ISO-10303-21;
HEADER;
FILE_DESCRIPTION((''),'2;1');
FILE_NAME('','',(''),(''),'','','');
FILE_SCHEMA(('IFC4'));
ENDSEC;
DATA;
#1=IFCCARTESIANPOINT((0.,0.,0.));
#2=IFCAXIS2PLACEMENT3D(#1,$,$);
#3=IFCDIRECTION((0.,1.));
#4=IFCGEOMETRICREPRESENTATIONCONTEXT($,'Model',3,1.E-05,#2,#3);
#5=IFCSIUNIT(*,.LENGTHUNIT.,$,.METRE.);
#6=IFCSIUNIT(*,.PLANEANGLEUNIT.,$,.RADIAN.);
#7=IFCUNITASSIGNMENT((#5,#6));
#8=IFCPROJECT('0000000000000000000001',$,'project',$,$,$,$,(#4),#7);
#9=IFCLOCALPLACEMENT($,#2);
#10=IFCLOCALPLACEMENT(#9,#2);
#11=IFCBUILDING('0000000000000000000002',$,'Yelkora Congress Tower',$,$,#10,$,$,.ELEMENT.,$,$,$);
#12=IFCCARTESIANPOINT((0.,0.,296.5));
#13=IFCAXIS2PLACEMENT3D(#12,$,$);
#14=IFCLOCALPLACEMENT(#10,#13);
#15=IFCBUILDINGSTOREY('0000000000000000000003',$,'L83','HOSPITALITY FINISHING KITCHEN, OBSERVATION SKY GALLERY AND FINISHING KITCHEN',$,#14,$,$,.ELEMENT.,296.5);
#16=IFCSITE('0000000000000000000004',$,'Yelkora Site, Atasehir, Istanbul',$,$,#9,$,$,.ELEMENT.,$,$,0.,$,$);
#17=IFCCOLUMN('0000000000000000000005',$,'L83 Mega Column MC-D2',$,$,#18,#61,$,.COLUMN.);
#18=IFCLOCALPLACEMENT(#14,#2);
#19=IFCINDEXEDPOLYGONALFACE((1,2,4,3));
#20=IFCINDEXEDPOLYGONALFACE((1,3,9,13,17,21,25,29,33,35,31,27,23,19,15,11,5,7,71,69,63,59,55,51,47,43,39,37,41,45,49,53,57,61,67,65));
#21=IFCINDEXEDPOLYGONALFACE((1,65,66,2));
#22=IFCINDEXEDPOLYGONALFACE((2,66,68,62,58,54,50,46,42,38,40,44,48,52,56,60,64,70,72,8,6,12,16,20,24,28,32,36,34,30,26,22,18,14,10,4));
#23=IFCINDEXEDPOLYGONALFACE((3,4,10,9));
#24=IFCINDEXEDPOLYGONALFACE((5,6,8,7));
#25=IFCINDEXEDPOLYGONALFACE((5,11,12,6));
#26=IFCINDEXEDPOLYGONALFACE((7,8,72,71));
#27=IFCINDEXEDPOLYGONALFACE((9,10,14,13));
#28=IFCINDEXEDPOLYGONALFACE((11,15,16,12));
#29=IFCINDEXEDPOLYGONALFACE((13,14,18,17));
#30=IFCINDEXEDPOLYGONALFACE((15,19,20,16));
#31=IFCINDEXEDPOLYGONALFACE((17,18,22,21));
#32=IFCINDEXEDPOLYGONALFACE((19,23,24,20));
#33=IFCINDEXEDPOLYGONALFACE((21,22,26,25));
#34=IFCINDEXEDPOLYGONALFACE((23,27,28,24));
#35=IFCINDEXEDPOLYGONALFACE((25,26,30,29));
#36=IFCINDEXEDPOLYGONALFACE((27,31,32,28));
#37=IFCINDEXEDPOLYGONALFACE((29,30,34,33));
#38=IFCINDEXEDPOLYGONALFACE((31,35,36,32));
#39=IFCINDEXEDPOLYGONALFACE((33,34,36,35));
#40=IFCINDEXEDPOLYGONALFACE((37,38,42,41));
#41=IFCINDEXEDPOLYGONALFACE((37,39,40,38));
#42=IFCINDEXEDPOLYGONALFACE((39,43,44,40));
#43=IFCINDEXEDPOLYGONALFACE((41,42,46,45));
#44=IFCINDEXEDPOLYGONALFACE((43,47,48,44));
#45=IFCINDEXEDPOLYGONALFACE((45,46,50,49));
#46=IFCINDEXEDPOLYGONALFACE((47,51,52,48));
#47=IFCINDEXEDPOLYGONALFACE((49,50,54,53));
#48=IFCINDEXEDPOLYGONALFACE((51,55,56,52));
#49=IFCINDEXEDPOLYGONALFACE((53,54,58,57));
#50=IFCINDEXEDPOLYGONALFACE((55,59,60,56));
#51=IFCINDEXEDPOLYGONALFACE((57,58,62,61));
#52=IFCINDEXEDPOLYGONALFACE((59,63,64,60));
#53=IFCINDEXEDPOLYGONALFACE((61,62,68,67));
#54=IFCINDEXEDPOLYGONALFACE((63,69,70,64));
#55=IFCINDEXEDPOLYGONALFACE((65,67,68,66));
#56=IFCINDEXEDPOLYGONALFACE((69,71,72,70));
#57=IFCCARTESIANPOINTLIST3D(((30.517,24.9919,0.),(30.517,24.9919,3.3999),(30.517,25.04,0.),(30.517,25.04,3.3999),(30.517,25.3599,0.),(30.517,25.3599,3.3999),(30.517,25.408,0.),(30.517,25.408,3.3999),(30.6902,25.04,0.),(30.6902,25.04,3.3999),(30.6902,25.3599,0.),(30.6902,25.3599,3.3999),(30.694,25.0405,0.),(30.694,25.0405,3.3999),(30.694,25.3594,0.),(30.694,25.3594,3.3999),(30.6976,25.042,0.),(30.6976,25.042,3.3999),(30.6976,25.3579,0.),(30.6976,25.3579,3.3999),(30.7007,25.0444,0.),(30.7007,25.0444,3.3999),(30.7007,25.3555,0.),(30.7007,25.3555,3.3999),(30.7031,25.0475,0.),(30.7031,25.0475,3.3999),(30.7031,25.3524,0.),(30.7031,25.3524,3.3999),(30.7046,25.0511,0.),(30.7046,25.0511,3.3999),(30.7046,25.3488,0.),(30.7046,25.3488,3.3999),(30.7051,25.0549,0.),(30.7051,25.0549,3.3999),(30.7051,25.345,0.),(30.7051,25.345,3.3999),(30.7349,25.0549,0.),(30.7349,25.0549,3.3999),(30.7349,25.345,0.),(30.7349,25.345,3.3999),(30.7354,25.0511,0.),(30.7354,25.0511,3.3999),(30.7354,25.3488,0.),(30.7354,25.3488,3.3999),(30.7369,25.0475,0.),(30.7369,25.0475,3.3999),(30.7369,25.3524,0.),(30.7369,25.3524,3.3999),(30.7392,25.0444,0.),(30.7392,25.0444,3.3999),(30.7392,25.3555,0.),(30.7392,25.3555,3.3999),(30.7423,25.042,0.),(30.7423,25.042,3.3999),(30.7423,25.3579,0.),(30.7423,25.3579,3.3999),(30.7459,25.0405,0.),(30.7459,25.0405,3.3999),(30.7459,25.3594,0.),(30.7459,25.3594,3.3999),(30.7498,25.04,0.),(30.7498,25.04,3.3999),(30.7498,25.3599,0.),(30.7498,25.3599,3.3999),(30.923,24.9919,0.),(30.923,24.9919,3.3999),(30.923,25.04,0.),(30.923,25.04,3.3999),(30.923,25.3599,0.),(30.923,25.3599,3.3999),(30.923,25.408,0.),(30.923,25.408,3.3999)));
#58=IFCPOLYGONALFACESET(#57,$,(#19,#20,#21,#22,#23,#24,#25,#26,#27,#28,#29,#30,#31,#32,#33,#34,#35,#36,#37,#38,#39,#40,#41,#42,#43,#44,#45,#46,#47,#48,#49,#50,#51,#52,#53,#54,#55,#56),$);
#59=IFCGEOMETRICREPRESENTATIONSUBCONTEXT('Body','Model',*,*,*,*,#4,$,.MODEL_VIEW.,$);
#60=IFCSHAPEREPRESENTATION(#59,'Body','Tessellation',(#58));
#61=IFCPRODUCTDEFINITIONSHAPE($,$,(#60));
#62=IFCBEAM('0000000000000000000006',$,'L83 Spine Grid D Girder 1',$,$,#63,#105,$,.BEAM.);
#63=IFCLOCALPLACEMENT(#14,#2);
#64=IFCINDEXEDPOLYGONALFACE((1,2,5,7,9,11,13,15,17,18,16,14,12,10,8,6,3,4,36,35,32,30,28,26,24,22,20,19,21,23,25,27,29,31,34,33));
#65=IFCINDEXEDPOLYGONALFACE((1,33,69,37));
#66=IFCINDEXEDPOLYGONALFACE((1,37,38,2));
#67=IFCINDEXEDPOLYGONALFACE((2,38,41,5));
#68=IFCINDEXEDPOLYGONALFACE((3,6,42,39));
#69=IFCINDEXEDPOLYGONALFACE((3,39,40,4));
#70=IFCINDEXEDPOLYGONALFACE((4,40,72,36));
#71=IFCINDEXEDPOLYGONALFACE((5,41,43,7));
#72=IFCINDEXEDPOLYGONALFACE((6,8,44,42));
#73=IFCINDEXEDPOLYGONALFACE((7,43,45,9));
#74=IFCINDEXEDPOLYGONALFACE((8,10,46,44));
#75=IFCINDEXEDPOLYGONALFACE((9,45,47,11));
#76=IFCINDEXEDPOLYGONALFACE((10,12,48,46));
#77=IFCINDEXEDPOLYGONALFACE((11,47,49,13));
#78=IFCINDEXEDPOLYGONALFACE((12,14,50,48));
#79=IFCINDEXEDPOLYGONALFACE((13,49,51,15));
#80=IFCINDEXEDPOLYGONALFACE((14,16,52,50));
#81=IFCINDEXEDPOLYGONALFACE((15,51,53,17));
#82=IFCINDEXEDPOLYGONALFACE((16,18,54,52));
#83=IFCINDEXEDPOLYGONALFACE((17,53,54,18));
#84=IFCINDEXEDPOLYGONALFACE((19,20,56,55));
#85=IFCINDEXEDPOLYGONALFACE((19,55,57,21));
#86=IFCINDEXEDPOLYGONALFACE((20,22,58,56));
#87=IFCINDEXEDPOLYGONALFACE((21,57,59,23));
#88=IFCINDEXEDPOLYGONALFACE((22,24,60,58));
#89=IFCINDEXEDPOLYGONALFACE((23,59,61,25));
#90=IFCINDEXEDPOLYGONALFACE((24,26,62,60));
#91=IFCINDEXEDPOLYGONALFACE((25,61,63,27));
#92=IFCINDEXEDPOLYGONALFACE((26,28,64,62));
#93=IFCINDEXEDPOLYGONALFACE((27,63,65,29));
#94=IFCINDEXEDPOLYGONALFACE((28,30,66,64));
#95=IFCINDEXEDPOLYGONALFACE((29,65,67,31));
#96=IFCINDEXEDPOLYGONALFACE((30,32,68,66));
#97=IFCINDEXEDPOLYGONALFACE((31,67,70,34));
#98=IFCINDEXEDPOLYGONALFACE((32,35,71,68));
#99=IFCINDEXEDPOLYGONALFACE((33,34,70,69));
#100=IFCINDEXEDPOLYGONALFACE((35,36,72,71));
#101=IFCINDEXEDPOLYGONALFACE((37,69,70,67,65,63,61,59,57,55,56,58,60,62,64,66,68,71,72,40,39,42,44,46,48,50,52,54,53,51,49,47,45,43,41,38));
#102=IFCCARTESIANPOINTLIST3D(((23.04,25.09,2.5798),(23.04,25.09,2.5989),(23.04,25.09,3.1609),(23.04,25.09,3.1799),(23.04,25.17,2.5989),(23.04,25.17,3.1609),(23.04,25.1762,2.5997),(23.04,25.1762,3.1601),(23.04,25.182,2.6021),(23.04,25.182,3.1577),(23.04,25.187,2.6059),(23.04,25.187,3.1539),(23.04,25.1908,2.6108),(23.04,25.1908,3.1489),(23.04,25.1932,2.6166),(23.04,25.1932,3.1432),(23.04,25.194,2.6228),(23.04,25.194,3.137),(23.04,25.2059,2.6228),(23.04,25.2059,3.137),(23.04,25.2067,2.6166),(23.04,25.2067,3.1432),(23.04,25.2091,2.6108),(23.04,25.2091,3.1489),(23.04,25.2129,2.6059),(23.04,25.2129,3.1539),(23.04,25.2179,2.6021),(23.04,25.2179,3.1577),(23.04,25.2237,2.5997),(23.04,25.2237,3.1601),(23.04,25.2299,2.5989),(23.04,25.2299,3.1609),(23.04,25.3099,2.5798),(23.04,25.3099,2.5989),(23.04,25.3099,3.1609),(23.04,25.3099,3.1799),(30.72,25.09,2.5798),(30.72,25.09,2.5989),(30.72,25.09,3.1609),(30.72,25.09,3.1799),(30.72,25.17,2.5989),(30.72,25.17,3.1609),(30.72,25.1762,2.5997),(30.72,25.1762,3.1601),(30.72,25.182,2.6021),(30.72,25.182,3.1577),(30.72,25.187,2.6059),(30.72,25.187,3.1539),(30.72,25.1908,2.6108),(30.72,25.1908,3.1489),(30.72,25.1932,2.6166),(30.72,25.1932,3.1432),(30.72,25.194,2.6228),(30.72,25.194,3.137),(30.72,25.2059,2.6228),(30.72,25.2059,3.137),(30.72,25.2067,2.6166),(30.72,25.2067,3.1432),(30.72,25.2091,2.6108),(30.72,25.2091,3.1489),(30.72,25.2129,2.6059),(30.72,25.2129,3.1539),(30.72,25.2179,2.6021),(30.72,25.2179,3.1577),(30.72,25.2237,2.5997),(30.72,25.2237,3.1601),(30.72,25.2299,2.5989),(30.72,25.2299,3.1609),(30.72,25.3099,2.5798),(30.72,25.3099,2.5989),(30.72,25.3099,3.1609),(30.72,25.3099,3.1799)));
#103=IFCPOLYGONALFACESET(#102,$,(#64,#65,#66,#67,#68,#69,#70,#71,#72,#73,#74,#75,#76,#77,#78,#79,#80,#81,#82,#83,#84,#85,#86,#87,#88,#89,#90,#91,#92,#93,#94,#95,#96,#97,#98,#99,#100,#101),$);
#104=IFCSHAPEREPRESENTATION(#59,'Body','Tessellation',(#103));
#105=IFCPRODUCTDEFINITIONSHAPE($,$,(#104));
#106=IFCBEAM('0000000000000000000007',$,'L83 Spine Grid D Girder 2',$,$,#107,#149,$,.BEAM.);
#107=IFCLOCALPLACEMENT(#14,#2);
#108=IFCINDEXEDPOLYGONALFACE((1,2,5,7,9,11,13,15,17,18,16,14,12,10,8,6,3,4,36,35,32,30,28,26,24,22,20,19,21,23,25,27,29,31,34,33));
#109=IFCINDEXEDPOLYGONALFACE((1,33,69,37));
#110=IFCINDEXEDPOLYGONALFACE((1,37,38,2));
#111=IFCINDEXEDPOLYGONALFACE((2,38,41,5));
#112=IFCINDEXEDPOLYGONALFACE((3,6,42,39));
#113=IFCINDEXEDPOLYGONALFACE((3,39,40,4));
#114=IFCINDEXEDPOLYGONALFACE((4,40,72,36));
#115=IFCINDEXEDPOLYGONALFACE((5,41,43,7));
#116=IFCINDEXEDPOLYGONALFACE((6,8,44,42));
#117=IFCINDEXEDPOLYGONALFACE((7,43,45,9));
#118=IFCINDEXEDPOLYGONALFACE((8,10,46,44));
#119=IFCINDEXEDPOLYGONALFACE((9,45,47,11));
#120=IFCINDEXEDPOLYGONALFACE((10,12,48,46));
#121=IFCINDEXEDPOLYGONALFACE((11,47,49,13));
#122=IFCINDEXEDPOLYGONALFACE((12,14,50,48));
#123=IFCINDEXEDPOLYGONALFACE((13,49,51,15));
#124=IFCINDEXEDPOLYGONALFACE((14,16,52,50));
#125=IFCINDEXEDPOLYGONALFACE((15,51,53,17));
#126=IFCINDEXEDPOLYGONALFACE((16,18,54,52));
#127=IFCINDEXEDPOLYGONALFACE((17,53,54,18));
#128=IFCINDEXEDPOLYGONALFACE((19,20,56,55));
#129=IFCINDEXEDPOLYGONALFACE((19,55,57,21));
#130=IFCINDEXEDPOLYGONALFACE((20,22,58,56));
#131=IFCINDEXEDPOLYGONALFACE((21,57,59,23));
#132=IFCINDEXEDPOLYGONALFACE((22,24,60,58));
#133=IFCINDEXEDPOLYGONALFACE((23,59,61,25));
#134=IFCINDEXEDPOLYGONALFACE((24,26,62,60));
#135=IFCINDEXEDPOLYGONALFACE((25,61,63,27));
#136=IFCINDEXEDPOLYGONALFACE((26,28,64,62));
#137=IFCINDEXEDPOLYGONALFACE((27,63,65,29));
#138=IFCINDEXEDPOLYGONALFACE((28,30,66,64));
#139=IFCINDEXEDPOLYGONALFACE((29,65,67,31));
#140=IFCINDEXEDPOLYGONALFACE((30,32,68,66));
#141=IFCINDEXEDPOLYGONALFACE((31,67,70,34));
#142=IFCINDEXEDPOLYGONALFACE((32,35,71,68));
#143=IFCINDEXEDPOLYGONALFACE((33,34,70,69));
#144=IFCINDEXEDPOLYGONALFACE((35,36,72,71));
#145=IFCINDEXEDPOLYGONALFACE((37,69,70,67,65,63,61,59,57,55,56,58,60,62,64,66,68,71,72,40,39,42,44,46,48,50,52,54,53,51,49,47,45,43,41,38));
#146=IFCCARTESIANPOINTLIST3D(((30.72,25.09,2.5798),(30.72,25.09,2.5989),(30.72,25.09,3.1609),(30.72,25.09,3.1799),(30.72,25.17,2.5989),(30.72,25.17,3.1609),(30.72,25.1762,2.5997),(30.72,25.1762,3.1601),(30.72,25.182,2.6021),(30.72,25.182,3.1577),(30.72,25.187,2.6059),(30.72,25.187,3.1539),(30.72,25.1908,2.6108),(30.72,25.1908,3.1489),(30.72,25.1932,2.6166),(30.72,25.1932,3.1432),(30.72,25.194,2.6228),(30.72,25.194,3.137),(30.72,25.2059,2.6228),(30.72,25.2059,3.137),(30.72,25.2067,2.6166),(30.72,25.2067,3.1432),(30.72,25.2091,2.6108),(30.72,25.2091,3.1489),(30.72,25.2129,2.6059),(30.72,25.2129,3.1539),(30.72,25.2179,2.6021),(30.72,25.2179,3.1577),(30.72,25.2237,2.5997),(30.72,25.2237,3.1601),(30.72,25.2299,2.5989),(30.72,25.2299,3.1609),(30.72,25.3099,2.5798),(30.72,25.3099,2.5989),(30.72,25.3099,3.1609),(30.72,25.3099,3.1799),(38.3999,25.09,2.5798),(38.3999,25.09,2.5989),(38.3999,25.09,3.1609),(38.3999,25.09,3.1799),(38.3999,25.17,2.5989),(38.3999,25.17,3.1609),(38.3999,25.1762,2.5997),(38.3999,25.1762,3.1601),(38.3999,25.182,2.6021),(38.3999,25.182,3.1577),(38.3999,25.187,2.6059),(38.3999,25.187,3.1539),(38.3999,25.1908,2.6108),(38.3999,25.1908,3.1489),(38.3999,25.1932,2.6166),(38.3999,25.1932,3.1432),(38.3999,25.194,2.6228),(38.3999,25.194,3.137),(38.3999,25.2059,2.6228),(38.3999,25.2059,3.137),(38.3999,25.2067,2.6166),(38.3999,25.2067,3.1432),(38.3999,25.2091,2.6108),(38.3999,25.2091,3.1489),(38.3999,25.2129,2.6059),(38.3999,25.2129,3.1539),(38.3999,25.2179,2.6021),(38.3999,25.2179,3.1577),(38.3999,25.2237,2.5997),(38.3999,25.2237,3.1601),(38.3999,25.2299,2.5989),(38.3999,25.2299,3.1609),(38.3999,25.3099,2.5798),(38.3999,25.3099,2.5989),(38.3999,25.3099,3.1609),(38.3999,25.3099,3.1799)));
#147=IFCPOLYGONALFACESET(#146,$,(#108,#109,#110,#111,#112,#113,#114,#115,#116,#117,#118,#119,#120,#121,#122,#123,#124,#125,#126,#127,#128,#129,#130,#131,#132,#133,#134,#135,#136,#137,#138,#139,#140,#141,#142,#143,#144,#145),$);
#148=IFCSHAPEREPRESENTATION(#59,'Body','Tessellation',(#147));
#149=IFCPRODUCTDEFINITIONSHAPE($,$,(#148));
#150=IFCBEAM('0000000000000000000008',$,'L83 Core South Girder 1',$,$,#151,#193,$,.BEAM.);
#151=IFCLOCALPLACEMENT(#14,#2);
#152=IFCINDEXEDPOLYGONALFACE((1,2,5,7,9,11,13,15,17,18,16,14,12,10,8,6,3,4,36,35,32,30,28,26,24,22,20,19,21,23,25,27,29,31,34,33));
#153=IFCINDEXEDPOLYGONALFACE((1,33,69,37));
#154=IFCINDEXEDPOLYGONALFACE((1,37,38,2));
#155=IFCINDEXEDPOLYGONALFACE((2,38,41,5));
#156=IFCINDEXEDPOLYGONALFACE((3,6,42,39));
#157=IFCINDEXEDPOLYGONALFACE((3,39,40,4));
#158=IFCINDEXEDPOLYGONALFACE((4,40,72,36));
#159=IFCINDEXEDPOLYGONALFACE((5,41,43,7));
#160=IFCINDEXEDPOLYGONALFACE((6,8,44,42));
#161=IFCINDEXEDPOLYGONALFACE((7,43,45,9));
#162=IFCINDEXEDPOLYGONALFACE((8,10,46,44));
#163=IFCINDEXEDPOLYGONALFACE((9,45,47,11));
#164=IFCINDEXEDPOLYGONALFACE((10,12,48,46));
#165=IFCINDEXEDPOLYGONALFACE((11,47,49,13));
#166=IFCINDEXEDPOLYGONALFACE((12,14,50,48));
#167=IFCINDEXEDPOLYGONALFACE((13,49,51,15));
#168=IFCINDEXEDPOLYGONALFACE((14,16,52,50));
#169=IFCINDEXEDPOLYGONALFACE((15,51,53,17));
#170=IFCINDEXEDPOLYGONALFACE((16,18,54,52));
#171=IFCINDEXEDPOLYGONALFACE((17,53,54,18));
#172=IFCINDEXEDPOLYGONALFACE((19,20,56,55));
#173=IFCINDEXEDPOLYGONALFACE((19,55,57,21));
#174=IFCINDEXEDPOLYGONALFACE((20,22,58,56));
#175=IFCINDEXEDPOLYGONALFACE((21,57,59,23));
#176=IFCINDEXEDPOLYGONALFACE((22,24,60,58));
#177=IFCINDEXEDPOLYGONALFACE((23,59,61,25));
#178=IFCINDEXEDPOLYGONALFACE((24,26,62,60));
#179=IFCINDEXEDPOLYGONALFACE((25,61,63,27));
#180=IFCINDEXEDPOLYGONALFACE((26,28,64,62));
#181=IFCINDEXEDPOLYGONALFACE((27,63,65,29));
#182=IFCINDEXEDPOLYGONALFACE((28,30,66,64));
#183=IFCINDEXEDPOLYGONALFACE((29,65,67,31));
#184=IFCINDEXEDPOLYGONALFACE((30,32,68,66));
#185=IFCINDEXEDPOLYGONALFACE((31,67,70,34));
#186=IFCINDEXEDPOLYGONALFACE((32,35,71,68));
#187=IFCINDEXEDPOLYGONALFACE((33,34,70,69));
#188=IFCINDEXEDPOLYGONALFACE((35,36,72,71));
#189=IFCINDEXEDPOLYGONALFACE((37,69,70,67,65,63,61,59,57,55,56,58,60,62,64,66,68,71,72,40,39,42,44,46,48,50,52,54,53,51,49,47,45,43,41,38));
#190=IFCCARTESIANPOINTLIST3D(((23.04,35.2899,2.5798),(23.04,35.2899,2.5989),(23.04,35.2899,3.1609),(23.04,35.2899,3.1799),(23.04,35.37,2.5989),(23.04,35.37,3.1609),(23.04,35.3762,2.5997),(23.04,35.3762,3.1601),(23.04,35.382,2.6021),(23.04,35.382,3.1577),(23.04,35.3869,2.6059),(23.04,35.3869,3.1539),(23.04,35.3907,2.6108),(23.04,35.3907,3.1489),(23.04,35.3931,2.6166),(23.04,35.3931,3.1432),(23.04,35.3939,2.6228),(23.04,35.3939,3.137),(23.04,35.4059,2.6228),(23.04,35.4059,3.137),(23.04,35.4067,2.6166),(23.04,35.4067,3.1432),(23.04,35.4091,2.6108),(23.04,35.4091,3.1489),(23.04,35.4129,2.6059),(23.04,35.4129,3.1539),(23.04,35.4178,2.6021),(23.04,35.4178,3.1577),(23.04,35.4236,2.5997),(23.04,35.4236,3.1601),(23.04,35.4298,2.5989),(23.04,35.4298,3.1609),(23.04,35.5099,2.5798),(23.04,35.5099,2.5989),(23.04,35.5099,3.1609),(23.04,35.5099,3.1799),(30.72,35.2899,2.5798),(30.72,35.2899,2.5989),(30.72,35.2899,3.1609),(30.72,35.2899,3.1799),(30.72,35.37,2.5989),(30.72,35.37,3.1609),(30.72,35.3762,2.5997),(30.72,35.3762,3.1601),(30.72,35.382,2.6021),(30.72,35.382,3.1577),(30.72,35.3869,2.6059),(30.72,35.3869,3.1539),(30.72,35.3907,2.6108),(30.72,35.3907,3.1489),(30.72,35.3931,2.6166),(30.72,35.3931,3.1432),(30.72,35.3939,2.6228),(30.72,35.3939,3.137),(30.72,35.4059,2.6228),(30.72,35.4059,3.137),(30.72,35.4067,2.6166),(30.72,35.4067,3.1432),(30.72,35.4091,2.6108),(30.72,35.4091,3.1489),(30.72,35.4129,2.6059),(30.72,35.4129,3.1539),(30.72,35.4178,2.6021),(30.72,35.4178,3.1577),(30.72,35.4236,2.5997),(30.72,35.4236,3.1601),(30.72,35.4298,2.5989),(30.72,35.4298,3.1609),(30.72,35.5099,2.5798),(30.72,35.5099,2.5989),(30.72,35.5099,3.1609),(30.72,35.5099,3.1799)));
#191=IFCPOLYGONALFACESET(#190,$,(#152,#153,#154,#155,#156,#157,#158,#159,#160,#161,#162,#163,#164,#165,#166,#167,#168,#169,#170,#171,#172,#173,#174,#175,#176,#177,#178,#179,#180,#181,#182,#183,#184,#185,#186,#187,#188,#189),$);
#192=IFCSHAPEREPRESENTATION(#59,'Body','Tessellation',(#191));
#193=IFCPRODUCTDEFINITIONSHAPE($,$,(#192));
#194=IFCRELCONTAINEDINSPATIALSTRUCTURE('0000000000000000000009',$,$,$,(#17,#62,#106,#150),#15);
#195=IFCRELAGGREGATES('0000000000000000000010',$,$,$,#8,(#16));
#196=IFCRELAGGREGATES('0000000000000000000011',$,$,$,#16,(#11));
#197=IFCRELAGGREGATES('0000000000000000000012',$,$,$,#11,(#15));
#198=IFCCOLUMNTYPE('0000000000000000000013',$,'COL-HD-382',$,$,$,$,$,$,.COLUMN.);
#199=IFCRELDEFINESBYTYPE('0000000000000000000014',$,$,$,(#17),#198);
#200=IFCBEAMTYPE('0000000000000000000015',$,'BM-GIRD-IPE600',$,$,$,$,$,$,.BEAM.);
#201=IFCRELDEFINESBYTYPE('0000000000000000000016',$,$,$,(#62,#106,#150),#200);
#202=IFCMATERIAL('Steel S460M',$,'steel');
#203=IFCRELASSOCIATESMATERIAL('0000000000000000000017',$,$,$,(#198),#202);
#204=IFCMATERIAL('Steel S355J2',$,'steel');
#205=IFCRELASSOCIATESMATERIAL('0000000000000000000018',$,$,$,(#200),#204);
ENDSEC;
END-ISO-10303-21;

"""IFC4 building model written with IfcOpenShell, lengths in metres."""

from ifc_helpers import new_model, si_unit, direction, frame, origin, origin_2d, place, context, subcontext, project, spatial, i_section, extrude, material, material_profile, profile_set, type_object, element, save


model = new_model("IFC4")

# Units and contexts
model_context = context("Model", 3, precision=1e-05, world=origin(), true_north=direction((0.0, 1.0)))
body_context = subcontext(model_context, "Body", "Model", "MODEL_VIEW")
ifc_project = project(units=[si_unit("LENGTHUNIT", "METRE"), si_unit("PLANEANGLEUNIT", "RADIAN")], contexts=[model_context])

# Site, building, storey
site_placement = place(None, origin())
site = spatial("IfcSite", under=ifc_project, at=site_placement, Name="Yelkora Site, Atasehir, Istanbul", CompositionType="ELEMENT", RefElevation=0.0)
building_placement = place(site_placement, origin())
building = spatial("IfcBuilding", under=site, at=building_placement, Name="Yelkora Congress Tower", CompositionType="ELEMENT")
storey_placement = place(building_placement, frame((0.0, 0.0, 296.5)))
storey = spatial("IfcBuildingStorey", under=building, at=storey_placement, Name="L83", Description="HOSPITALITY FINISHING KITCHEN, OBSERVATION SKY GALLERY AND FINISHING KITCHEN", CompositionType="ELEMENT", Elevation=296.5)

# Column
ifc_material_1 = material(Name="Steel S355J2", Category="steel")
ifc_material_2 = material(Name="Steel S460M", Category="steel")
ifc_material_profile_1 = material_profile(ifc_material_2, i_section(OverallWidth=0.406, OverallDepth=0.416, WebThickness=0.0298, FlangeThickness=0.0481, FilletRadius=0.0149, at=origin_2d()), Name="HD 400x382")
ifc_profile_set_1 = profile_set([ifc_material_profile_1], Name="Steel S460M")
column_type_1 = type_object("IfcColumnType", Name="COL-HD-382", PredefinedType="COLUMN", material=ifc_profile_set_1)
for number, where, z_axis, x_axis, name in (
    (1, (30.72, 25.2, 0.0), (0.0, 0.0, 1.0), (1.0, 0.0, 0.0), "L83 Mega Column MC-D2"),
):
    element("IfcColumn", number, at=place(storey_placement, frame(where, z_axis=z_axis, x_axis=x_axis)), inside=storey, type_object=column_type_1, Name=name, PredefinedType="COLUMN", context=body_context, shape_type="SweptSolid", body=[
        extrude(i_section(OverallWidth=0.406, OverallDepth=0.416, WebThickness=0.0298, FlangeThickness=0.0481, FilletRadius=0.0149, at=origin_2d()), origin(), (0.0, 0.0, 1.0), 3.3999),
    ])

# Beams
ifc_material_profile_2 = material_profile(ifc_material_1, i_section(OverallWidth=0.22, OverallDepth=0.6001, WebThickness=0.012, FlangeThickness=0.019, FilletRadius=0.0239, at=origin_2d()), Name="IPE 600")
ifc_profile_set_2 = profile_set([ifc_material_profile_2], Name="Steel S355J2")
beam_type_1 = type_object("IfcBeamType", Name="BM-GIRD-IPE600", PredefinedType="BEAM", material=ifc_profile_set_2)
for number, where, z_axis, x_axis, name in (
    (2, (23.04, 25.2, 2.8799), (1.0, 0.0, 0.0), (0.0, 1.0, 0.0), "L83 Spine Grid D Girder 1"),
    (3, (30.72, 25.2, 2.8799), (1.0, 0.0, 0.0), (0.0, 1.0, 0.0), "L83 Spine Grid D Girder 2"),
    (4, (23.04, 35.3999, 2.8799), (1.0, 0.0, 0.0), (0.0, 1.0, 0.0), "L83 Core South Girder 1"),
):
    element("IfcBeam", number, at=place(storey_placement, frame(where, z_axis=z_axis, x_axis=x_axis)), inside=storey, type_object=beam_type_1, Name=name, PredefinedType="BEAM", context=body_context, shape_type="SweptSolid", body=[
        extrude(i_section(OverallWidth=0.22, OverallDepth=0.6001, WebThickness=0.012, FlangeThickness=0.019, FilletRadius=0.0239, at=origin_2d()), origin(), (0.0, 0.0, 1.0), 7.6799),
    ])

save(model, "model.ifc")
